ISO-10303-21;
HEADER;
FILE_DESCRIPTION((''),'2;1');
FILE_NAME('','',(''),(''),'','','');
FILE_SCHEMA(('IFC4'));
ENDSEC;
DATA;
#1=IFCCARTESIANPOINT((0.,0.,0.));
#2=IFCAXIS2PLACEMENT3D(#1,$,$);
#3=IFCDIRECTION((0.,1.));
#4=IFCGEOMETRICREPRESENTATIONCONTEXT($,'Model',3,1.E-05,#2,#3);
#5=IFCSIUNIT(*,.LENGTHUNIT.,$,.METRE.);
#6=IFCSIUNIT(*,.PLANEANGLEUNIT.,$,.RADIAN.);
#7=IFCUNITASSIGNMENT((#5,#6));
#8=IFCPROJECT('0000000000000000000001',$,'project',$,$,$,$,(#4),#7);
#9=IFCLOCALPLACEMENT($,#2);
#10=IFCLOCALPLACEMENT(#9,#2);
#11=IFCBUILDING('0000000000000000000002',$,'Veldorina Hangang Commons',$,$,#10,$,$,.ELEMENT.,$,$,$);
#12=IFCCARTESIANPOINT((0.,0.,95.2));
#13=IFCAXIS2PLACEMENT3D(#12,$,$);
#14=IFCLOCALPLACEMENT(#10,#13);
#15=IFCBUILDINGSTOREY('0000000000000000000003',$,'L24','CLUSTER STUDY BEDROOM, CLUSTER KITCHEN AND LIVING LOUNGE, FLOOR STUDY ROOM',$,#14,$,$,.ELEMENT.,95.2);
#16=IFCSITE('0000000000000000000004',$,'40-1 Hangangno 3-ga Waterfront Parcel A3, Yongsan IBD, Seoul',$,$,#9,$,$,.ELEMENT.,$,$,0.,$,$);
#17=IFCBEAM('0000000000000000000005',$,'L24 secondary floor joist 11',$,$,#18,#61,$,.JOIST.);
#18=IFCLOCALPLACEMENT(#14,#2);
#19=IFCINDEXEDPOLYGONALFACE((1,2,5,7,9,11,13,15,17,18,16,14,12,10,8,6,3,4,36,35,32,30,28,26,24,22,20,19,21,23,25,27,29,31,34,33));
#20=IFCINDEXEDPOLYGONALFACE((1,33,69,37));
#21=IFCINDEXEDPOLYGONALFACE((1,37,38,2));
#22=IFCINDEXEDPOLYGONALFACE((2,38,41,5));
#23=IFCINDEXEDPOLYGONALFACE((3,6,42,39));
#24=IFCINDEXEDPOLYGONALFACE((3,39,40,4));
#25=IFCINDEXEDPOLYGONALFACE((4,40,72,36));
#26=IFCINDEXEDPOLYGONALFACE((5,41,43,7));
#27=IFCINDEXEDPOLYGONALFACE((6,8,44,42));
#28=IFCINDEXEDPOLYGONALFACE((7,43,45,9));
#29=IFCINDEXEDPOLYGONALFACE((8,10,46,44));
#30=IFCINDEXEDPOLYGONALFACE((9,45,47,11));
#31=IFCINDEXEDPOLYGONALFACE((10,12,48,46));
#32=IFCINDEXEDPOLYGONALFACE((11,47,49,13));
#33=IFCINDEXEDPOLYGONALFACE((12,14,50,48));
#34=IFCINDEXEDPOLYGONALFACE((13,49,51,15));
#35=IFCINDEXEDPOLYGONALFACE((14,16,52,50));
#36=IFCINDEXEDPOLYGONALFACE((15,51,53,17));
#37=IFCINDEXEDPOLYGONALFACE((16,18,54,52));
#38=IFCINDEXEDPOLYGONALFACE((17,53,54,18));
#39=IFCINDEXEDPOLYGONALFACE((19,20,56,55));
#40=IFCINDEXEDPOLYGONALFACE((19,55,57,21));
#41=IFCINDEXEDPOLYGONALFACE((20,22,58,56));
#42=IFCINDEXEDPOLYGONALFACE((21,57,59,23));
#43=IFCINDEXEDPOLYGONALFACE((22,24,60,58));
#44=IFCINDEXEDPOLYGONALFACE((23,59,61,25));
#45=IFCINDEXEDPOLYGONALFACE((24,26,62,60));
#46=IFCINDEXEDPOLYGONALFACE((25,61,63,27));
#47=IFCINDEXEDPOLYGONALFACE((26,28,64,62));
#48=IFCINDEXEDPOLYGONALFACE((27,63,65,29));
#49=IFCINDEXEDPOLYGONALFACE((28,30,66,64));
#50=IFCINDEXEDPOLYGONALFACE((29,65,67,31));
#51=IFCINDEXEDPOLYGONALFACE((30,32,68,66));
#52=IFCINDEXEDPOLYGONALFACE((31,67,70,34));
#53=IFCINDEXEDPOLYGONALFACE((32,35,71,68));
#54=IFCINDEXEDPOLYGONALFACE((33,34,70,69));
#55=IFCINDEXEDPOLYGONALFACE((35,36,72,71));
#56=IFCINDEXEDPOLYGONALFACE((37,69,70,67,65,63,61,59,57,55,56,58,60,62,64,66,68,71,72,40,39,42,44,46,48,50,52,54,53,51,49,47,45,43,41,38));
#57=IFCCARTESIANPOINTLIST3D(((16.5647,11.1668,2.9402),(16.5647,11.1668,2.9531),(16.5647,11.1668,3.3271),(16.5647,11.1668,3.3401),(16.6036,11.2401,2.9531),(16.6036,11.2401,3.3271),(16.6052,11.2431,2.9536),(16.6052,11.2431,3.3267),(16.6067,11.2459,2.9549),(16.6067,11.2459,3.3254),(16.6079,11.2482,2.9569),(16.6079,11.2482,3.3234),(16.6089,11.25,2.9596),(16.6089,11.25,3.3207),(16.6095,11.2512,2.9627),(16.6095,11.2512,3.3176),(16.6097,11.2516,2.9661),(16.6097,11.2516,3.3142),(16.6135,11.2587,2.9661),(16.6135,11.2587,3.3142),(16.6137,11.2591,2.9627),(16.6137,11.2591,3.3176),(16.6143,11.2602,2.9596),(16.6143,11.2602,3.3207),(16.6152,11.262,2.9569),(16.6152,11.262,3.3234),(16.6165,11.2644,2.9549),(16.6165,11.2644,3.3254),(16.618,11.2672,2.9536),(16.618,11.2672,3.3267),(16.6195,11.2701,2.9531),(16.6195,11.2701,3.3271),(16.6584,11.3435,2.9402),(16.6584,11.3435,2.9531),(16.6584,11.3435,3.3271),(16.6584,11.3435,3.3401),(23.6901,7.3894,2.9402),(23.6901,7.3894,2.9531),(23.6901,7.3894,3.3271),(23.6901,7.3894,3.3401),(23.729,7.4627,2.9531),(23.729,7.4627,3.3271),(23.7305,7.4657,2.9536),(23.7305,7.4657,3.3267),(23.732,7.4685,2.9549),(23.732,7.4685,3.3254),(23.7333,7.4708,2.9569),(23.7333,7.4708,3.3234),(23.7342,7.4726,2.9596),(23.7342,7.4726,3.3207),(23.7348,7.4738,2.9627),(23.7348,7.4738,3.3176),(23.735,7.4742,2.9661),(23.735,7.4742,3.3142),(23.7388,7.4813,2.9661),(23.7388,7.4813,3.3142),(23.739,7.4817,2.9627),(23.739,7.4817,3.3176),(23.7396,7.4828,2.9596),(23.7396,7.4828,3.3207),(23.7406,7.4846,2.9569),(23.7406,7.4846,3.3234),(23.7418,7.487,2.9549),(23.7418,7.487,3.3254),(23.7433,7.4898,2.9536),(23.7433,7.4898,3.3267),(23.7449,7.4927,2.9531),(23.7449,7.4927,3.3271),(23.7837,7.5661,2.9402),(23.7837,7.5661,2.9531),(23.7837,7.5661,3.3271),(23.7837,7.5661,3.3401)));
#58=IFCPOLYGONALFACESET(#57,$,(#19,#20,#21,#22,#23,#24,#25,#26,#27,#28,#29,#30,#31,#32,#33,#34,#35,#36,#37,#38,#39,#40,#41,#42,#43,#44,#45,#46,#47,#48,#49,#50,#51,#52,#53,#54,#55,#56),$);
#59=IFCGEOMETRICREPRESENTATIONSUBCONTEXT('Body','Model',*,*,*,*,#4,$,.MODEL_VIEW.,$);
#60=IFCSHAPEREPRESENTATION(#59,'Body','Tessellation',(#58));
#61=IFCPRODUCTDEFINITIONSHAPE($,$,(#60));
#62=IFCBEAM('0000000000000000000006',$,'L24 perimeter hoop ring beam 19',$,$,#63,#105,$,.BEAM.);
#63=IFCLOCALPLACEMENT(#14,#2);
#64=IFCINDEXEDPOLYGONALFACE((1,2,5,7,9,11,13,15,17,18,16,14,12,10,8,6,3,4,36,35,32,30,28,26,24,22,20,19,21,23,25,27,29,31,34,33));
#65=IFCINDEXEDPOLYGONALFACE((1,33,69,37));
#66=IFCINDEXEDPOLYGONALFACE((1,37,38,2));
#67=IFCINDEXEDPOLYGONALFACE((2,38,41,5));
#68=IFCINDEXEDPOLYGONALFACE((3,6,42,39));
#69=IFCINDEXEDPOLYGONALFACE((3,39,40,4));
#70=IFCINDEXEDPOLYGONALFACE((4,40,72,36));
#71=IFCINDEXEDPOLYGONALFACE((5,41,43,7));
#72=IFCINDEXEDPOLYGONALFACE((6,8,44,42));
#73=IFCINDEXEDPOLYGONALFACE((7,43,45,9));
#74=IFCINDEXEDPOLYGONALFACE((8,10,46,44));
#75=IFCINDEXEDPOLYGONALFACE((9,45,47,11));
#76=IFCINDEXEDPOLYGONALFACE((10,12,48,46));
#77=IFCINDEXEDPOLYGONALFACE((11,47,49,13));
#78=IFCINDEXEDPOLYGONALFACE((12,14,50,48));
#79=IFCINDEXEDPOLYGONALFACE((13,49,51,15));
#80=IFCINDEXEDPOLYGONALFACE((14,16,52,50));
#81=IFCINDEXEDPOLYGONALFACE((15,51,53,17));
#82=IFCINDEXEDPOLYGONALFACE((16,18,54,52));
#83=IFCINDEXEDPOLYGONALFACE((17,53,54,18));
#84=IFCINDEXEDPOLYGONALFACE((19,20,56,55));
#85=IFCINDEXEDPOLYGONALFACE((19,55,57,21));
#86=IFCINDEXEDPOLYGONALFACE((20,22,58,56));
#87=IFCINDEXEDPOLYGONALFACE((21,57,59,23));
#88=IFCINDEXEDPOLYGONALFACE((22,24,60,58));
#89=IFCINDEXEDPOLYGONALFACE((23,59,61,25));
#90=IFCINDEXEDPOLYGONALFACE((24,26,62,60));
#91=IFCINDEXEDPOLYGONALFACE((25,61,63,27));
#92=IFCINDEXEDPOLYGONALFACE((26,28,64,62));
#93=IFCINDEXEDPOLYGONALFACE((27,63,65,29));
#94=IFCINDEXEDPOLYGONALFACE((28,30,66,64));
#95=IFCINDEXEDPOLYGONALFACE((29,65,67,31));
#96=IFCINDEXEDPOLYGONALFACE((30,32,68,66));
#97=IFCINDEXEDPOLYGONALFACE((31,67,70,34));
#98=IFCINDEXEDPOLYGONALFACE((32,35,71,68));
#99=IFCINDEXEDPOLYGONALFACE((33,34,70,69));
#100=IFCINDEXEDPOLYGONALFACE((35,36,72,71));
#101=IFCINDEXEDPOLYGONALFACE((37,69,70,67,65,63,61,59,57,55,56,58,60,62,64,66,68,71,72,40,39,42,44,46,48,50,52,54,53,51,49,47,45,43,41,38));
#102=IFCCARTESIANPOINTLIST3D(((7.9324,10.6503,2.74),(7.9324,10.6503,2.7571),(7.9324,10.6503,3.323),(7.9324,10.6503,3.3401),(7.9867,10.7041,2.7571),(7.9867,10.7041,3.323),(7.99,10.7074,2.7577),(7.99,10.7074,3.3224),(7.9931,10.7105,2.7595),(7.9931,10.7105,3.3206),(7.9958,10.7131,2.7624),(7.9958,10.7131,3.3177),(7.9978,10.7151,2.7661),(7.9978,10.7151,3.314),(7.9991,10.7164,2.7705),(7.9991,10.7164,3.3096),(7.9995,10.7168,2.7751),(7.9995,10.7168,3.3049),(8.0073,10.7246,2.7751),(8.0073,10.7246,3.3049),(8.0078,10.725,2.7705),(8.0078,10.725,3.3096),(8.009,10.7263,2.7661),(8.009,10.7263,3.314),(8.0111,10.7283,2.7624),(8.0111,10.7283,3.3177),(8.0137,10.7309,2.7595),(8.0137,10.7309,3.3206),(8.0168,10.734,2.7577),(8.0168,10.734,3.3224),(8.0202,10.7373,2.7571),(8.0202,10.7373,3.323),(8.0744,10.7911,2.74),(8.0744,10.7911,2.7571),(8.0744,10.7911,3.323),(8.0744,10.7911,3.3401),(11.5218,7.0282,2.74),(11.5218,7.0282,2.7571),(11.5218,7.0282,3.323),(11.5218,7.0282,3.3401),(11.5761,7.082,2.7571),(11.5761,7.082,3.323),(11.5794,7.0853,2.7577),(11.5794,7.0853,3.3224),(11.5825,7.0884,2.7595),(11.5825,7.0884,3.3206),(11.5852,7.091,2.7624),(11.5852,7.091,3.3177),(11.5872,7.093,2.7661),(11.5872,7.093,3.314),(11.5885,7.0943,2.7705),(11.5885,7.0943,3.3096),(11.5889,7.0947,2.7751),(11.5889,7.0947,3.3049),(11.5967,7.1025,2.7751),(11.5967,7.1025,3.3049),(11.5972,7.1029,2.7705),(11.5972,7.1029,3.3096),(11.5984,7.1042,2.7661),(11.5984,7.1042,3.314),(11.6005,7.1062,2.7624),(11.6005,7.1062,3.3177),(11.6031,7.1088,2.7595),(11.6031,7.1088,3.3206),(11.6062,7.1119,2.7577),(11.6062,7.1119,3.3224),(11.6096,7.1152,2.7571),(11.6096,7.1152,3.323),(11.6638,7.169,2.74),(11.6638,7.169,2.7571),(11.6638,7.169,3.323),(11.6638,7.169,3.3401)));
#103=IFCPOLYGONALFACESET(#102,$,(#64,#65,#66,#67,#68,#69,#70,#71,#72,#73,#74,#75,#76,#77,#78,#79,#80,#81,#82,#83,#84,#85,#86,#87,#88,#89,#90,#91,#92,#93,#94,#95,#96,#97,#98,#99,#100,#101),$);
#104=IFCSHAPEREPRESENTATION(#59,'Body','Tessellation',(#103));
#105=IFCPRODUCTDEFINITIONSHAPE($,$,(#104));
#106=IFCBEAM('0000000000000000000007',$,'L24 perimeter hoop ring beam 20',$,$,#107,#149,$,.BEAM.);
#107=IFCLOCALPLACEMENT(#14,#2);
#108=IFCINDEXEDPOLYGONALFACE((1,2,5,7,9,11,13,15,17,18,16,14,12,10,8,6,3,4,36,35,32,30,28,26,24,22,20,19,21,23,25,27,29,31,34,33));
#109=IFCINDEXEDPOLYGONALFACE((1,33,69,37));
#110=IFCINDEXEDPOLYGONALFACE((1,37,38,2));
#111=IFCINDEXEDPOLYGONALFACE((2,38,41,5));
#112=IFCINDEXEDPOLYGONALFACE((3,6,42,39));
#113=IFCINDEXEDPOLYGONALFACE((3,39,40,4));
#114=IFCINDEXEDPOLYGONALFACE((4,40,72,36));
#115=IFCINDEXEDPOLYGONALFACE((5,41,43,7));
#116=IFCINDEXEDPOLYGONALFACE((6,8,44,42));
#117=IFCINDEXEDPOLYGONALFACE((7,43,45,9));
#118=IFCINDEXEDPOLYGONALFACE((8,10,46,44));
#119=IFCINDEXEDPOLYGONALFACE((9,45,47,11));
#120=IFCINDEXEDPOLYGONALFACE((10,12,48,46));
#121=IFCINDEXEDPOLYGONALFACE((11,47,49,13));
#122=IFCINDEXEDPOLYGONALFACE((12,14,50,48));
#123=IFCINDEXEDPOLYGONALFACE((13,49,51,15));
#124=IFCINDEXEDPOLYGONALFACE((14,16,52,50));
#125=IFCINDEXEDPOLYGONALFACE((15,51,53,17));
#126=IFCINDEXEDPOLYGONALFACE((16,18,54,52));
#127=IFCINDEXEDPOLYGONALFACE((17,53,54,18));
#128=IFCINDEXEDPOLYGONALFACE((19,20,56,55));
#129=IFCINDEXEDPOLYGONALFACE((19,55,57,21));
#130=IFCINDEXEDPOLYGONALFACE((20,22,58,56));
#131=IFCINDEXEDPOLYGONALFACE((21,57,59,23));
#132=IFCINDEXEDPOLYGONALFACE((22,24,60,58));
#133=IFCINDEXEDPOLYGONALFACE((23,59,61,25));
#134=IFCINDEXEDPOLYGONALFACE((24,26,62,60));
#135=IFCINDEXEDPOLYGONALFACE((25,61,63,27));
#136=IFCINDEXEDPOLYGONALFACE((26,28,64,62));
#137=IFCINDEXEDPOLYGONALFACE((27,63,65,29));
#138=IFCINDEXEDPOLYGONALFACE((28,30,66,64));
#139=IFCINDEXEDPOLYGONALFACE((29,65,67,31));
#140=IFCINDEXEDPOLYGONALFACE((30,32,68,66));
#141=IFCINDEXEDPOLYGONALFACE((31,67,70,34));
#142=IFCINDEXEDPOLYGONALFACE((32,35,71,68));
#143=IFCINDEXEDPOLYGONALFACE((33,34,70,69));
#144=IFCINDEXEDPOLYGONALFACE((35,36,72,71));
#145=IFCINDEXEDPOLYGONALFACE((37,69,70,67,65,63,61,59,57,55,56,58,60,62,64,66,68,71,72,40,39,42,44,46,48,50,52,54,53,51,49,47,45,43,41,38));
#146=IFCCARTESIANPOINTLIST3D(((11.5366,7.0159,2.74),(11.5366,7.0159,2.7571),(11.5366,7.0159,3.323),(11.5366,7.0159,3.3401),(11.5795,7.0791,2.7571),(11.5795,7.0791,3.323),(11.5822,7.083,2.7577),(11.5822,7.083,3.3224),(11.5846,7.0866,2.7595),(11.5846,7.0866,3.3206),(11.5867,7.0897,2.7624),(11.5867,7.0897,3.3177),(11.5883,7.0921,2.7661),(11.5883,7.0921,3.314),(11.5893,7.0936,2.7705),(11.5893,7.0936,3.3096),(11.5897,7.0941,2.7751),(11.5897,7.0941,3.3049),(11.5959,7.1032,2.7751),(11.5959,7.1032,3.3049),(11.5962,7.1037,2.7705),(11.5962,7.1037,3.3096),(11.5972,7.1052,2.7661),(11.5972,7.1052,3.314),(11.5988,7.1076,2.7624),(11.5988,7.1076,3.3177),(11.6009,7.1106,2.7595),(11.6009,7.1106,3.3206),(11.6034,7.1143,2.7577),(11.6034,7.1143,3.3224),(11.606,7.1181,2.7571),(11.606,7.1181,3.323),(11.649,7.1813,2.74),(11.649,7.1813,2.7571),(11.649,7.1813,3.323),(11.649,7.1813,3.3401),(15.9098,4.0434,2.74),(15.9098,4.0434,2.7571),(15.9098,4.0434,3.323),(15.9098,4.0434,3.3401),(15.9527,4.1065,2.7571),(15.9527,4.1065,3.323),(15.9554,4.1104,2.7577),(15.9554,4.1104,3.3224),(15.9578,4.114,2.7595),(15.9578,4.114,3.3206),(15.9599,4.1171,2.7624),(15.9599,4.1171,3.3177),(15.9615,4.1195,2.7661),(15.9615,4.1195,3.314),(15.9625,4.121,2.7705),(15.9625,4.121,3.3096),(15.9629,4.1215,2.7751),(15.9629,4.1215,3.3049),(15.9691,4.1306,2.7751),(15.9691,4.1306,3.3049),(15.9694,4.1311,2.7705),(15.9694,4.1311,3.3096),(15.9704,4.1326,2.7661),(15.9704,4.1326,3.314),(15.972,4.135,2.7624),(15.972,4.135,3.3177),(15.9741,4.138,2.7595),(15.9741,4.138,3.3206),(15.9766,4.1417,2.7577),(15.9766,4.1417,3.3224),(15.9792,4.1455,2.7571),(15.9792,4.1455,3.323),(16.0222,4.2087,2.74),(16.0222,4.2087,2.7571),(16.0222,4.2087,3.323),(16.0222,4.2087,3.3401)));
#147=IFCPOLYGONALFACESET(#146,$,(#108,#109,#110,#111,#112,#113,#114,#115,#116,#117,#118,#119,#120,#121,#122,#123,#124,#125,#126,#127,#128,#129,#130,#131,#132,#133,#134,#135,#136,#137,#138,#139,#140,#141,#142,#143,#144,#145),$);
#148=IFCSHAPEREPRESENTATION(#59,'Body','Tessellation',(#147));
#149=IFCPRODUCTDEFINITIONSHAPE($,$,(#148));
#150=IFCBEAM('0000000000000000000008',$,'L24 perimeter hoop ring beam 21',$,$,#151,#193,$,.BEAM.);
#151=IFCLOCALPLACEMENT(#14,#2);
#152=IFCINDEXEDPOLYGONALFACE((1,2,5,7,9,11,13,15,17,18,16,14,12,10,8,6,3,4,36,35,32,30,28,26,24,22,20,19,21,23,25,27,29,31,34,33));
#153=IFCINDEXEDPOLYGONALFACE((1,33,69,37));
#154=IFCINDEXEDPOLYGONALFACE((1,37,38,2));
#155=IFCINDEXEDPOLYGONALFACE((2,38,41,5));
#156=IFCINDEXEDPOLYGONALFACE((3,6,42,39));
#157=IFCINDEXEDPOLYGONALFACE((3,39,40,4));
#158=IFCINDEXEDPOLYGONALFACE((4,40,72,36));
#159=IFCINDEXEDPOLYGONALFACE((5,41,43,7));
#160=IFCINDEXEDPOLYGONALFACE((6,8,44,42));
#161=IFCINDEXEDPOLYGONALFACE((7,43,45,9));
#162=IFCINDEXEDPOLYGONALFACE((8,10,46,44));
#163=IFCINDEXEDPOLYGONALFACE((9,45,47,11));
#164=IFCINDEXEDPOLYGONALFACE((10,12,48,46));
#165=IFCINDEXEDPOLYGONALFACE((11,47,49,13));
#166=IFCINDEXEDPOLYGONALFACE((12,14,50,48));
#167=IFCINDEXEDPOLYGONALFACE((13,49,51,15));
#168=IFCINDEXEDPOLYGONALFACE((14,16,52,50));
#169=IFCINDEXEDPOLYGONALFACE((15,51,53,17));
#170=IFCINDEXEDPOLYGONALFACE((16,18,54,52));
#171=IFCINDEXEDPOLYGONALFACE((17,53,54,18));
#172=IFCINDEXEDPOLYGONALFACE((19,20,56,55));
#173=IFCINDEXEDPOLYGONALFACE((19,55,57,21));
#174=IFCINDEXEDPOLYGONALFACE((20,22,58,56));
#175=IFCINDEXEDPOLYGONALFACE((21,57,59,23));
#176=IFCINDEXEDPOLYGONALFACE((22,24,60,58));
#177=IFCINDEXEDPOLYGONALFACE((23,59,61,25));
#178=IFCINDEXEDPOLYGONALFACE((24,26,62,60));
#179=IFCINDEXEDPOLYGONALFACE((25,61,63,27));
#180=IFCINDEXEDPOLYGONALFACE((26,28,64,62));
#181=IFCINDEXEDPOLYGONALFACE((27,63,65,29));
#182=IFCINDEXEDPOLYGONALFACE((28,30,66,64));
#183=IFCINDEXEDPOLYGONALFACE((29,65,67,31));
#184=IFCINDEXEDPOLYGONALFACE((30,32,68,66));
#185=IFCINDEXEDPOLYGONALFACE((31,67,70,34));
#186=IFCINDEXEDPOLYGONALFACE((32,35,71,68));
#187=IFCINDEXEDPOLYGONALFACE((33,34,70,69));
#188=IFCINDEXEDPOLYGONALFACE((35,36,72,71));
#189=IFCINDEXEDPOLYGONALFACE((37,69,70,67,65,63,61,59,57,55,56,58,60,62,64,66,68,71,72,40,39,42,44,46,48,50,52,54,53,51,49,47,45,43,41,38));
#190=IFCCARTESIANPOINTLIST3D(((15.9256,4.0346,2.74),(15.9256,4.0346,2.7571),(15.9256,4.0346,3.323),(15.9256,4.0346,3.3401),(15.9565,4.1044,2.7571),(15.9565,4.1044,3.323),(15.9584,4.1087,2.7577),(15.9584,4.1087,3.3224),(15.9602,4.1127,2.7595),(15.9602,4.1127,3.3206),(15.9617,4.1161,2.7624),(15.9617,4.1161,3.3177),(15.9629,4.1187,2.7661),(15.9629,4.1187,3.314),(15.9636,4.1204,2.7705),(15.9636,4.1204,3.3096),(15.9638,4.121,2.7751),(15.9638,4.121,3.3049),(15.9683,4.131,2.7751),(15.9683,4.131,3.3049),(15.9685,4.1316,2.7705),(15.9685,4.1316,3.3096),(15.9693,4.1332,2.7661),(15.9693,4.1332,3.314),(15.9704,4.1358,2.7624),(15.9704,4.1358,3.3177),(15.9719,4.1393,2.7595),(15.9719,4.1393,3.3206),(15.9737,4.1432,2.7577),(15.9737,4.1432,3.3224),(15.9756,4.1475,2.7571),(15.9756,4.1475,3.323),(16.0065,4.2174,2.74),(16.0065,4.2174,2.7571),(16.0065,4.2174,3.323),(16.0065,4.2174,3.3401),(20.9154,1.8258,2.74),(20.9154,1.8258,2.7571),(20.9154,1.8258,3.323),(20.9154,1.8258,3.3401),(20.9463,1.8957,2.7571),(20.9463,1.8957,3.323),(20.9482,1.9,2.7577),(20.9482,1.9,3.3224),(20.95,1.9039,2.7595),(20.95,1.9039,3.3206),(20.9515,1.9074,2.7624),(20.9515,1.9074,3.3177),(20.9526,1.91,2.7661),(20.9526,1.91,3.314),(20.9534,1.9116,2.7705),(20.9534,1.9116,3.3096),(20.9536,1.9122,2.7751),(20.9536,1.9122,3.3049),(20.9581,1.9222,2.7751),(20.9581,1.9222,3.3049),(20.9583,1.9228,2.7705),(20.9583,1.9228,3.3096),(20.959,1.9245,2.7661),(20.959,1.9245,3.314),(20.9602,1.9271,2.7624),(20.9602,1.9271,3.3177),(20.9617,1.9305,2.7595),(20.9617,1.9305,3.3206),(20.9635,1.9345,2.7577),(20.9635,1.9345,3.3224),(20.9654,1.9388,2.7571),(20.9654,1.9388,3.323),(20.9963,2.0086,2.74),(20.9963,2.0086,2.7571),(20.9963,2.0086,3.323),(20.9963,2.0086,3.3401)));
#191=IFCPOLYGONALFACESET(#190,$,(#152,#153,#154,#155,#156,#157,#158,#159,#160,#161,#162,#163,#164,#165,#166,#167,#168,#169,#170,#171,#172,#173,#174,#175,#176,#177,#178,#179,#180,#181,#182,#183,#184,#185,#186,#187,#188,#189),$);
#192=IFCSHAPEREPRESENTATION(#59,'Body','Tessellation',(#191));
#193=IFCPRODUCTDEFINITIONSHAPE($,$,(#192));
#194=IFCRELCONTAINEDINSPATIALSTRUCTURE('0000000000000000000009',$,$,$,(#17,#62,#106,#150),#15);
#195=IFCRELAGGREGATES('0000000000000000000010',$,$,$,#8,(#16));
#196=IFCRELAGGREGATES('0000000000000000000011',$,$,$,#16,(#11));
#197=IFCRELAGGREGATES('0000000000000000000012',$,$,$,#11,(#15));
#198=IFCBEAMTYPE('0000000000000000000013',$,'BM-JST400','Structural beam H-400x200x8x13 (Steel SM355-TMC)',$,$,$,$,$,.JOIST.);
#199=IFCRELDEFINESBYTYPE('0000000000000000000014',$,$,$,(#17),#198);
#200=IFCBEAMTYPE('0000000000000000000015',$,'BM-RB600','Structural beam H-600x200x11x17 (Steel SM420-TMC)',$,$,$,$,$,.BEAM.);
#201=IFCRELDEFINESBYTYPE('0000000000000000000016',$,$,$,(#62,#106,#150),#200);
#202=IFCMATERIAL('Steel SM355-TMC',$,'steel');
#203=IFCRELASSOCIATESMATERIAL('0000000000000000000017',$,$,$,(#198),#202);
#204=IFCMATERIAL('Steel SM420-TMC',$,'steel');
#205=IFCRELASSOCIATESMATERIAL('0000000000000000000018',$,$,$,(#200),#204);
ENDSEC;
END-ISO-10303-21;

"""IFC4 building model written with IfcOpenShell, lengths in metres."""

from ifc_helpers import new_model, si_unit, direction, frame, origin, origin_2d, place, context, subcontext, project, spatial, i_section, extrude, material, material_profile, profile_set, type_object, element, save


model = new_model("IFC4")

# Units and contexts
model_context = context("Model", 3, precision=1e-05, world=origin(), true_north=direction((0.0, 1.0)))
body_context = subcontext(model_context, "Body", "Model", "MODEL_VIEW")
ifc_project = project(units=[si_unit("LENGTHUNIT", "METRE"), si_unit("PLANEANGLEUNIT", "RADIAN")], contexts=[model_context])

# Site, building, storey
site_placement = place(None, origin())
site = spatial("IfcSite", under=ifc_project, at=site_placement, Name="40-1 Hangangno 3-ga Waterfront Parcel A3, Yongsan IBD, Seoul", CompositionType="ELEMENT", RefElevation=0.0)
building_placement = place(site_placement, origin())
building = spatial("IfcBuilding", under=site, at=building_placement, Name="Veldorina Hangang Commons", CompositionType="ELEMENT")
storey_placement = place(building_placement, frame((0.0, 0.0, 95.2)))
storey = spatial("IfcBuildingStorey", under=building, at=storey_placement, Name="L24", Description="CLUSTER STUDY BEDROOM, CLUSTER KITCHEN AND LIVING LOUNGE, FLOOR STUDY ROOM", CompositionType="ELEMENT", Elevation=95.2)

# Beams
ifc_material_1 = material(Name="Steel SM355-TMC", Category="steel")
ifc_material_profile_1 = material_profile(ifc_material_1, i_section(OverallWidth=0.2, OverallDepth=0.3999, WebThickness=0.0081, FlangeThickness=0.0129, FilletRadius=0.0129, at=origin_2d()), Name="H-400x200x8x13")
ifc_profile_set_1 = profile_set([ifc_material_profile_1], Name="Steel SM355-TMC")
beam_type_1 = type_object("IfcBeamType", Name="BM-JST400", Description="Structural beam H-400x200x8x13 (Steel SM355-TMC)", PredefinedType="JOIST", material=ifc_profile_set_1)
beam_1_placement = place(storey_placement, frame((16.6116, 11.2551, 3.1401), z_axis=(0.883523, -0.468387, 0.0), x_axis=(0.468387, 0.883523, 0.0)))
element("IfcBeam", 1, at=beam_1_placement, inside=storey, type_object=beam_type_1, Name="L24 secondary floor joist 11", PredefinedType="JOIST", context=body_context, shape_type="SweptSolid", body=[
    extrude(i_section(OverallWidth=0.2, OverallDepth=0.3999, WebThickness=0.0081, FlangeThickness=0.0129, FilletRadius=0.0129, at=origin_2d()), origin(), (0.0, 0.0, 1.0), 8.0647),
])
ifc_material_2 = material(Name="Steel SM420-TMC", Category="steel")
ifc_material_profile_2 = material_profile(ifc_material_2, i_section(OverallWidth=0.2, OverallDepth=0.6001, WebThickness=0.011, FlangeThickness=0.0171, FilletRadius=0.0181, at=origin_2d()), Name="H-600x200x11x17")
ifc_profile_set_2 = profile_set([ifc_material_profile_2], Name="Steel SM420-TMC")
beam_type_2 = type_object("IfcBeamType", Name="BM-RB600", Description="Structural beam H-600x200x11x17 (Steel SM420-TMC)", PredefinedType="BEAM", material=ifc_profile_set_2)
beam_2_placement = place(storey_placement, frame((8.0034, 10.7207, 3.04), z_axis=(0.703892, -0.710307, 0.0), x_axis=(0.710307, 0.703892, 0.0)))
element("IfcBeam", 2, at=beam_2_placement, inside=storey, type_object=beam_type_2, Name="L24 perimeter hoop ring beam 19", PredefinedType="BEAM", context=body_context, shape_type="SweptSolid", body=[
    extrude(i_section(OverallWidth=0.2, OverallDepth=0.6001, WebThickness=0.011, FlangeThickness=0.0171, FilletRadius=0.0181, at=origin_2d()), origin(), (0.0, 0.0, 1.0), 5.0994),
])
beam_3_placement = place(storey_placement, frame((11.5928, 7.0986, 3.04), z_axis=(0.82703, -0.562157, 0.0), x_axis=(0.562157, 0.82703, 0.0)))
element("IfcBeam", 3, at=beam_3_placement, inside=storey, type_object=beam_type_2, Name="L24 perimeter hoop ring beam 20", PredefinedType="BEAM", context=body_context, shape_type="SweptSolid", body=[
    extrude(i_section(OverallWidth=0.2, OverallDepth=0.6001, WebThickness=0.011, FlangeThickness=0.0171, FilletRadius=0.0181, at=origin_2d()), origin(), (0.0, 0.0, 1.0), 5.2878),
])
beam_4_placement = place(storey_placement, frame((15.9661, 4.126, 3.04), z_axis=(0.914418, -0.404772, 0.0), x_axis=(0.404772, 0.914418, 0.0)))
element("IfcBeam", 4, at=beam_4_placement, inside=storey, type_object=beam_type_2, Name="L24 perimeter hoop ring beam 21", PredefinedType="BEAM", context=body_context, shape_type="SweptSolid", body=[
    extrude(i_section(OverallWidth=0.2, OverallDepth=0.6001, WebThickness=0.011, FlangeThickness=0.0171, FilletRadius=0.0181, at=origin_2d()), origin(), (0.0, 0.0, 1.0), 5.4568),
])

save(model, "model.ifc")
